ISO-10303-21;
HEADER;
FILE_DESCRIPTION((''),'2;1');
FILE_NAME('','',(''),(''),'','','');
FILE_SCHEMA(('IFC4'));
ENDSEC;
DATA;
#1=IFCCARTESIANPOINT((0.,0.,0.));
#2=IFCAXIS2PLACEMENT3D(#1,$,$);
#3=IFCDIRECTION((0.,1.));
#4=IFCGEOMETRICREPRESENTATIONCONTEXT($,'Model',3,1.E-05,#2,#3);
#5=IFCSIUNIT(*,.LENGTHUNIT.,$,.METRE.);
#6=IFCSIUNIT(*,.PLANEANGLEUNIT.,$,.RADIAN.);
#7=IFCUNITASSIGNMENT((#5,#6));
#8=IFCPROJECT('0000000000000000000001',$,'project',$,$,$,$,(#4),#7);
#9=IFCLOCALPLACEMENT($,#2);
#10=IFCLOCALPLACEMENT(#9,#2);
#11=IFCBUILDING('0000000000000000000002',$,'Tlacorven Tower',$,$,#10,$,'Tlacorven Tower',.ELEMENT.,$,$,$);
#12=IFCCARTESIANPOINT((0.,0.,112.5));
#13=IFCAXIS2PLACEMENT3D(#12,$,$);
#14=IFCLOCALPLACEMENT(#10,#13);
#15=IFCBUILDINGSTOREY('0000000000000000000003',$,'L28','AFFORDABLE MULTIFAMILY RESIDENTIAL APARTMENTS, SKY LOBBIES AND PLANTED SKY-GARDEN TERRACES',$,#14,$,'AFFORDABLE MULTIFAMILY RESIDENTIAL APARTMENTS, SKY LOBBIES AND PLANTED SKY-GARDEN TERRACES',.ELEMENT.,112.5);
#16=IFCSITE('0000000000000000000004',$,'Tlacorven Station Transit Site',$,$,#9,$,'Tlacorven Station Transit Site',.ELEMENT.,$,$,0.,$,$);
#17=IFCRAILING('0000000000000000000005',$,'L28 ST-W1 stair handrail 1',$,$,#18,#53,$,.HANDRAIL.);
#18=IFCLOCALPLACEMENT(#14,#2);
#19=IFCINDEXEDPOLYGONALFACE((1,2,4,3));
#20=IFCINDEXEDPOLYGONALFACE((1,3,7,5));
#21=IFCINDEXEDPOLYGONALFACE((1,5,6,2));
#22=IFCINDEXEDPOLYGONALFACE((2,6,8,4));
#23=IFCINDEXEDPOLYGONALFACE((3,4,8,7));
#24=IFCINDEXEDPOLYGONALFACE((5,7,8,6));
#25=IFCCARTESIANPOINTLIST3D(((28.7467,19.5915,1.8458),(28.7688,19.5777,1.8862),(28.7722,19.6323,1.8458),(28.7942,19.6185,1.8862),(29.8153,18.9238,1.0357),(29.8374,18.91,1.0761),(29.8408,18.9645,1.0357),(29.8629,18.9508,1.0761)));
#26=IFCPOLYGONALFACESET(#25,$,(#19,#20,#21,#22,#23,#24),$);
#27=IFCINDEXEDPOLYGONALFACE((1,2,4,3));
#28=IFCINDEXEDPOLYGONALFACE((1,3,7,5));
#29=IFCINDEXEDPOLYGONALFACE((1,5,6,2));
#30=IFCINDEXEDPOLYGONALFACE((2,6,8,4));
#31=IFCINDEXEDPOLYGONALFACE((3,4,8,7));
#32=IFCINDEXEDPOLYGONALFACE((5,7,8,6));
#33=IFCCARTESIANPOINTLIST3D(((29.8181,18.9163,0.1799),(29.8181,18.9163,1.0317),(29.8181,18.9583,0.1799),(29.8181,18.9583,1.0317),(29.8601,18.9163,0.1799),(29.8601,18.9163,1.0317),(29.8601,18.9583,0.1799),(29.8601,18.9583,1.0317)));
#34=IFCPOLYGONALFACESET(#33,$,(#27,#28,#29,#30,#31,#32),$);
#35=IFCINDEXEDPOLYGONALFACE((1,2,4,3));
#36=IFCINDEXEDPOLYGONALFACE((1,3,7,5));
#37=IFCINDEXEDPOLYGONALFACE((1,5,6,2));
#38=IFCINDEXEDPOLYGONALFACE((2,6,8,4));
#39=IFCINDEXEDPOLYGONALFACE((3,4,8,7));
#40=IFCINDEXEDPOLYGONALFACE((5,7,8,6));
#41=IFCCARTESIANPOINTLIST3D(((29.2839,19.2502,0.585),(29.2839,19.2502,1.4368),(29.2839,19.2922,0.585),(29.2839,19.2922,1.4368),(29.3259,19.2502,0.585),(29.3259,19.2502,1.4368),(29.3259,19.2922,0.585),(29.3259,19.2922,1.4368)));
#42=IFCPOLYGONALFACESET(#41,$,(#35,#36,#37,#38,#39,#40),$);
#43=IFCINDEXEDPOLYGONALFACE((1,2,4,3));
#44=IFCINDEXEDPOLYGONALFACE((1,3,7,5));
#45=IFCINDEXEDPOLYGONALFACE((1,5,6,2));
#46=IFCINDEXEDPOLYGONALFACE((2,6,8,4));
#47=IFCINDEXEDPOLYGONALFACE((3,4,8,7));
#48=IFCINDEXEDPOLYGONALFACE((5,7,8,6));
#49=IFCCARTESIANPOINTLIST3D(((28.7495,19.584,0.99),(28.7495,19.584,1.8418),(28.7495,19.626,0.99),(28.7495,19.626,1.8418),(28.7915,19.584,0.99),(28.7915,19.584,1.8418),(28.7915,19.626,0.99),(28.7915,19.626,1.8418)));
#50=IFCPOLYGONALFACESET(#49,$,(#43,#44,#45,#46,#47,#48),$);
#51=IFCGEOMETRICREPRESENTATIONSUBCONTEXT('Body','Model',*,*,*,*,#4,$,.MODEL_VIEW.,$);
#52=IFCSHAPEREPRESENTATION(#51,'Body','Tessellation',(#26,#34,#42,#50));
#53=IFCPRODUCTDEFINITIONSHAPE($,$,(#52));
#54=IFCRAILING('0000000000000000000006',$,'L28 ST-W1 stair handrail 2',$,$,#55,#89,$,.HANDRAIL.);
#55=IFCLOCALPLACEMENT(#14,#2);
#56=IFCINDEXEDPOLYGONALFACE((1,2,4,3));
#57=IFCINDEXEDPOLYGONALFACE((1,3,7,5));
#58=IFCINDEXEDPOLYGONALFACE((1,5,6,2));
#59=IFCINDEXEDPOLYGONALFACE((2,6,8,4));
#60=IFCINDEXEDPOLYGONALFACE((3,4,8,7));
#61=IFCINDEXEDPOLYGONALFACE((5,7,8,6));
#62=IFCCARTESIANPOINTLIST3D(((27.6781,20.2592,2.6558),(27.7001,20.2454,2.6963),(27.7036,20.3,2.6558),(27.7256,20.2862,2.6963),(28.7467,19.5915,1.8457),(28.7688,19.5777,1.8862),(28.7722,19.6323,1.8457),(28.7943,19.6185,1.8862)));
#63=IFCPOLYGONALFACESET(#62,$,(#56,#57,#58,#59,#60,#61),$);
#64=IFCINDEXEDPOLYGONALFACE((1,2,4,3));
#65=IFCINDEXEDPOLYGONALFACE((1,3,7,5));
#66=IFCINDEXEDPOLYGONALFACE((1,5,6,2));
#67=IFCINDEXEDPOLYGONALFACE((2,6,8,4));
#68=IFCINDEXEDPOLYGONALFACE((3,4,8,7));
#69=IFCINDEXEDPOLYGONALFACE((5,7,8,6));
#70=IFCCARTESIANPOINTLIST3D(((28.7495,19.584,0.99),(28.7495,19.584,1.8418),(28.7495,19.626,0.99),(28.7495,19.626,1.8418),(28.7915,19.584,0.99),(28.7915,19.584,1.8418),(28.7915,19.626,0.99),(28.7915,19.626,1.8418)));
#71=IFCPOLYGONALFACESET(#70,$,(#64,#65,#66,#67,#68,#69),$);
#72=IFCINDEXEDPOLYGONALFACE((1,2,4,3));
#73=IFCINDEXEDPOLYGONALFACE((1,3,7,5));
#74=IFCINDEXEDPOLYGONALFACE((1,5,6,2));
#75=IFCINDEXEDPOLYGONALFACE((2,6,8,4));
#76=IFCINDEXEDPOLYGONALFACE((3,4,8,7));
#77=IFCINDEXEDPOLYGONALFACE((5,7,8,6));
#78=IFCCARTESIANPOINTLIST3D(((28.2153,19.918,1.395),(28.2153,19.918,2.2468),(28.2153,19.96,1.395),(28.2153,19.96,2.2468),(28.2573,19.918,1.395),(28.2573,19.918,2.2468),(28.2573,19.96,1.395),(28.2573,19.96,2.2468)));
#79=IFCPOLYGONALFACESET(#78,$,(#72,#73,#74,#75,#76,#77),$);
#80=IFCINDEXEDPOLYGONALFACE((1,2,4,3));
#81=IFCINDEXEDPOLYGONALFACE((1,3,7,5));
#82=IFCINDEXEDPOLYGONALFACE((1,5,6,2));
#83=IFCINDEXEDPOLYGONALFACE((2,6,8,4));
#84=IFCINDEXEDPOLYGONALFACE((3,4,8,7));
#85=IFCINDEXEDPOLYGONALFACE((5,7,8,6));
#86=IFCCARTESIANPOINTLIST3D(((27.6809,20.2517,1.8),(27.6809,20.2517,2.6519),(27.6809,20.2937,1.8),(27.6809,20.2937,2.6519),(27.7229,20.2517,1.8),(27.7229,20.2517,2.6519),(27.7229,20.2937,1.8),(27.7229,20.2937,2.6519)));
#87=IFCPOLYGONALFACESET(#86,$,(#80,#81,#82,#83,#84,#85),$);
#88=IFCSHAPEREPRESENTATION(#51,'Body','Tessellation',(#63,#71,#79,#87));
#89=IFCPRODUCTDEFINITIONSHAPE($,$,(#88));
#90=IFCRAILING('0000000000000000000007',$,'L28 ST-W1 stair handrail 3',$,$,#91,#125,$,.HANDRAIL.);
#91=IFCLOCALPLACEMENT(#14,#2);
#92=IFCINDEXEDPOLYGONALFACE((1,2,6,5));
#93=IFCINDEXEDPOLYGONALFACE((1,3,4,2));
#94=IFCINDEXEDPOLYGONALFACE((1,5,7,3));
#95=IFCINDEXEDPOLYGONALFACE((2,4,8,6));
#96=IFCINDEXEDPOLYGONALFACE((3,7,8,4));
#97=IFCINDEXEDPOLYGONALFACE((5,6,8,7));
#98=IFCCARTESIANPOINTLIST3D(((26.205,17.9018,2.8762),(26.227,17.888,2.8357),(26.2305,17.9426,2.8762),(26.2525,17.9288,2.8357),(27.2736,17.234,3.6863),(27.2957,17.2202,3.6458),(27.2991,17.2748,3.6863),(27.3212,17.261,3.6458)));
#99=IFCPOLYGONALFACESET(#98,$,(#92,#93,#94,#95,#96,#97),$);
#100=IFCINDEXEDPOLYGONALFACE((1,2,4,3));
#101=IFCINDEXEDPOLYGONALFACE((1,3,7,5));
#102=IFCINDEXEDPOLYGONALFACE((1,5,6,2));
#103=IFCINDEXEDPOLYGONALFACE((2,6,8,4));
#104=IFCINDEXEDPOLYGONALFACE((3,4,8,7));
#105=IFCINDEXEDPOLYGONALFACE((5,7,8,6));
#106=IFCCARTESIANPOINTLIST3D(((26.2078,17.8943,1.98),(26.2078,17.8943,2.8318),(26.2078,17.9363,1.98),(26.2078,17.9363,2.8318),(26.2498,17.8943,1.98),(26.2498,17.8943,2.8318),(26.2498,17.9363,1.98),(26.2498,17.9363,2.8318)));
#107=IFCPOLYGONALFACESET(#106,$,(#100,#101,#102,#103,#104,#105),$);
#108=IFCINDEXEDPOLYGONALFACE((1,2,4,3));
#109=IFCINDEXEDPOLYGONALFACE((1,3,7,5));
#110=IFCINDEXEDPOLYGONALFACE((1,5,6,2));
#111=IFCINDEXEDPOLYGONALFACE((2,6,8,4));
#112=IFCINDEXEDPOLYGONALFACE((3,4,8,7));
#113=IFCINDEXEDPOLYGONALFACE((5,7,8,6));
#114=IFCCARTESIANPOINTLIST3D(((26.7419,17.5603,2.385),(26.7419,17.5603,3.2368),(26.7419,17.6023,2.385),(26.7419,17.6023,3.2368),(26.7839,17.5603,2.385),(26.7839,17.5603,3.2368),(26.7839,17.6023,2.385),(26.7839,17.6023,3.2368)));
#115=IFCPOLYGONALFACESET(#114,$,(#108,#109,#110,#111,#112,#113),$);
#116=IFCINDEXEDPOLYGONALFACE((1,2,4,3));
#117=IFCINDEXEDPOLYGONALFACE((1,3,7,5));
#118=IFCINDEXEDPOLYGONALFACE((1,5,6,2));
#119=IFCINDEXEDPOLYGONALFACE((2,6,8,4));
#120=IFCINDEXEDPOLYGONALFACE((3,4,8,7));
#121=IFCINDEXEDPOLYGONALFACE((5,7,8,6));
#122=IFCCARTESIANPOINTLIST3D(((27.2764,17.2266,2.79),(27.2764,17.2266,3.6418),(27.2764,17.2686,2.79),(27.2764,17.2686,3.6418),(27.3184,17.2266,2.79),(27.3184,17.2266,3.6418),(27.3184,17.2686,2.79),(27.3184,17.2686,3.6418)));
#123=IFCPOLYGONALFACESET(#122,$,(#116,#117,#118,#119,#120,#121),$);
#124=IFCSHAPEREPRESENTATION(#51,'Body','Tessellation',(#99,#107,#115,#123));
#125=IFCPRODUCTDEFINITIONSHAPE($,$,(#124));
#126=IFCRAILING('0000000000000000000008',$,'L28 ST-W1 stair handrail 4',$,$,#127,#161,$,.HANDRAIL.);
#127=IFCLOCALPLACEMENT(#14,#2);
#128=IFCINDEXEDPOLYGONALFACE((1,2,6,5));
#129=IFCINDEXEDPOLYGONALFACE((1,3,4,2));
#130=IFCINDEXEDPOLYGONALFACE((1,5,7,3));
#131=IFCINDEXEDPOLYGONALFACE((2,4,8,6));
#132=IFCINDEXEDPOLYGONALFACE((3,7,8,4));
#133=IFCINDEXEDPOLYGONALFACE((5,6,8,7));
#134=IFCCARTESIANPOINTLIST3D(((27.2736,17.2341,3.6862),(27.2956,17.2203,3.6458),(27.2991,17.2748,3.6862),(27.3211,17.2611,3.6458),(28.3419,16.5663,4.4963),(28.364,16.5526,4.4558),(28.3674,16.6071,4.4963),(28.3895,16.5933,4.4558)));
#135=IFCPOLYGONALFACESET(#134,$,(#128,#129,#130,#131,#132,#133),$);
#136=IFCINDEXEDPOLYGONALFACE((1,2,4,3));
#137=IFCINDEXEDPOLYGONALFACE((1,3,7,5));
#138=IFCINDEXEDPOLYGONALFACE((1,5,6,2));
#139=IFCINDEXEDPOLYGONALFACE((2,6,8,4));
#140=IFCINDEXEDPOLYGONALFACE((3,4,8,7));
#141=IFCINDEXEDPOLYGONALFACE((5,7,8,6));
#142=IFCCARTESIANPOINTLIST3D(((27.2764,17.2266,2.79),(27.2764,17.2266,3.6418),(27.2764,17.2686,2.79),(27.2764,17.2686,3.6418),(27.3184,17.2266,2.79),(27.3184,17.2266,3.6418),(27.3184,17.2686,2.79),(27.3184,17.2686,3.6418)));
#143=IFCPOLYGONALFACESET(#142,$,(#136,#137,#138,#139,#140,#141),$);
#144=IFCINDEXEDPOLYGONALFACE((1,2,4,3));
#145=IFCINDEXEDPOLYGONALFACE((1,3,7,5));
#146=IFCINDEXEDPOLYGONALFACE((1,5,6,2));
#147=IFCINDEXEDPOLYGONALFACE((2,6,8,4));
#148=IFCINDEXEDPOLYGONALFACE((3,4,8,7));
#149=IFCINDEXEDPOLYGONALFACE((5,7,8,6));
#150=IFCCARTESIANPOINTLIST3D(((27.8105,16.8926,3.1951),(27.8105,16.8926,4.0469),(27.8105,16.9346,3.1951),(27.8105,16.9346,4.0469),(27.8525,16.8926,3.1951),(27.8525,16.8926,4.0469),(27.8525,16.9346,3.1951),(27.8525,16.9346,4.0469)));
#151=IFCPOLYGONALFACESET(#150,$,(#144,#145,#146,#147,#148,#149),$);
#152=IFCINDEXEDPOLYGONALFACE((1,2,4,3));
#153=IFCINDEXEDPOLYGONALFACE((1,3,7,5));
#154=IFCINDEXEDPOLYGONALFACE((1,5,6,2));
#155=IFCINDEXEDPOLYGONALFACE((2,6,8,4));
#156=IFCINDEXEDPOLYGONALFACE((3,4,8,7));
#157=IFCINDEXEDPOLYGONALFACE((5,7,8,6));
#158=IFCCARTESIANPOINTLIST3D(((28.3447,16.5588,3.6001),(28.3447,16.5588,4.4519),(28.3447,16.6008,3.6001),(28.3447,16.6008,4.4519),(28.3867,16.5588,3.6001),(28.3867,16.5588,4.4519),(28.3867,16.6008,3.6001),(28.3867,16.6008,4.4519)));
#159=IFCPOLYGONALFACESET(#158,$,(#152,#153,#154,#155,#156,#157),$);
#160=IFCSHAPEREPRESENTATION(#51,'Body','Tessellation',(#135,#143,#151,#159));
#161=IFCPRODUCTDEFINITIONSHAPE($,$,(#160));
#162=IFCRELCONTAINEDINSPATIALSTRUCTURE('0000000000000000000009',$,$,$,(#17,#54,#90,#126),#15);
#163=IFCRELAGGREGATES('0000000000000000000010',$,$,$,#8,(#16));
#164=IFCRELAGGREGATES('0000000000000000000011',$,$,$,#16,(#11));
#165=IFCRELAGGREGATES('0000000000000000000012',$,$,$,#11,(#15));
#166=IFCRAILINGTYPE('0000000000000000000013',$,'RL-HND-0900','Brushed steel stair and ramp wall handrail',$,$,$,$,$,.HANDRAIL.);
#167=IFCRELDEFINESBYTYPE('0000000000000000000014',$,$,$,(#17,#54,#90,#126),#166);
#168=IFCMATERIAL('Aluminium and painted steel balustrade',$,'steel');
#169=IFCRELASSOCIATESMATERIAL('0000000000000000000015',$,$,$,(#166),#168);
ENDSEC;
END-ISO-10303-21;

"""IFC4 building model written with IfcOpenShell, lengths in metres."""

from ifc_helpers import new_model, si_unit, direction, frame, origin, origin_2d, place, context, subcontext, project, spatial, rectangle, extrude, source, transform, mapped, material, type_object, element, save


model = new_model("IFC4")

# Units and contexts
model_context = context("Model", 3, precision=1e-05, world=origin(), true_north=direction((0.0, 1.0)))
body_context = subcontext(model_context, "Body", "Model", "MODEL_VIEW")
ifc_project = project(units=[si_unit("LENGTHUNIT", "METRE"), si_unit("PLANEANGLEUNIT", "RADIAN")], contexts=[model_context])

# Site, building, storey
site_placement = place(None, origin())
site = spatial("IfcSite", under=ifc_project, at=site_placement, Name="Tlacorven Station Transit Site", LongName="Tlacorven Station Transit Site", CompositionType="ELEMENT", RefElevation=0.0)
building_placement = place(site_placement, origin())
building = spatial("IfcBuilding", under=site, at=building_placement, Name="Tlacorven Tower", LongName="Tlacorven Tower", CompositionType="ELEMENT")
storey_placement = place(building_placement, frame((0.0, 0.0, 112.5)))
storey = spatial("IfcBuildingStorey", under=building, at=storey_placement, Name="L28", Description="AFFORDABLE MULTIFAMILY RESIDENTIAL APARTMENTS, SKY LOBBIES AND PLANTED SKY-GARDEN TERRACES", LongName="AFFORDABLE MULTIFAMILY RESIDENTIAL APARTMENTS, SKY LOBBIES AND PLANTED SKY-GARDEN TERRACES", CompositionType="ELEMENT", Elevation=112.5)

# Railings
ifc_material_1 = material(Name="Aluminium and painted steel balustrade", Category="steel")
railing_type_1 = type_object("IfcRailingType", Name="RL-HND-0900", Description="Brushed steel stair and ramp wall handrail", PredefinedType="HANDRAIL", material=ifc_material_1)
shared_shape_1 = source(origin(), body_context, "Body", "SweptSolid", [
    extrude(rectangle(XDim=0.0481, YDim=0.0481, at=origin_2d()), frame((0.0, 0.0, 0.876), z_axis=(-0.71336, 0.445748, 0.540765), x_axis=(-0.529912, -0.848053, 0.0)), (0.0, 0.0, 1.0), 1.498),
    extrude(rectangle(XDim=0.042, YDim=0.042, at=origin_2d()), origin(), (0.0, 0.0, 1.0), 0.8518),
    extrude(rectangle(XDim=0.042, YDim=0.042, at=origin_2d()), frame((-0.5342, 0.334, 0.405)), (0.0, 0.0, 1.0), 0.8518),
    extrude(rectangle(XDim=0.042, YDim=0.042, at=origin_2d()), frame((-1.0686, 0.6677, 0.8101)), (0.0, 0.0, 1.0), 0.8518),
])
for number, where, name in (
    (1, (29.8391, 18.9373, 0.1799), "L28 ST-W1 stair handrail 1"),
    (2, (28.7705, 19.605, 0.99), "L28 ST-W1 stair handrail 2"),
):
    element("IfcRailing", number, at=place(storey_placement, frame(where)), inside=storey, type_object=railing_type_1, Name=name, PredefinedType="HANDRAIL", context=body_context, shape_type="MappedRepresentation", body=[
        mapped(shared_shape_1, transform((0.0, 0.0, 0.0), scale=1.0)),
    ])
shared_shape_2 = source(origin(), body_context, "Body", "SweptSolid", [
    extrude(rectangle(XDim=0.0481, YDim=0.0481, at=origin_2d()), frame((0.0, 0.0, 0.876), z_axis=(0.71336, -0.445748, 0.540765), x_axis=(0.529912, 0.848053, 0.0)), (0.0, 0.0, 1.0), 1.498),
    extrude(rectangle(XDim=0.042, YDim=0.042, at=origin_2d()), origin(), (0.0, 0.0, 1.0), 0.8518),
    extrude(rectangle(XDim=0.042, YDim=0.042, at=origin_2d()), frame((0.5342, -0.334, 0.405)), (0.0, 0.0, 1.0), 0.8518),
    extrude(rectangle(XDim=0.042, YDim=0.042, at=origin_2d()), frame((1.0686, -0.6677, 0.8101)), (0.0, 0.0, 1.0), 0.8518),
])
railing_1_placement = place(storey_placement, frame((26.2288, 17.9153, 1.98)))
element("IfcRailing", 3, at=railing_1_placement, inside=storey, type_object=railing_type_1, Name="L28 ST-W1 stair handrail 3", PredefinedType="HANDRAIL", context=body_context, shape_type="MappedRepresentation", body=[
    mapped(shared_shape_2, transform((0.0, 0.0, 0.0), scale=1.0)),
])
shared_shape_3 = source(origin(), body_context, "Body", "SweptSolid", [
    extrude(rectangle(XDim=0.0481, YDim=0.0481, at=origin_2d()), frame((0.0, 0.0, 0.876), z_axis=(0.71328, -0.4458, 0.540828), x_axis=(0.529999, 0.847998, 0.0)), (0.0, 0.0, 1.0), 1.4978),
    extrude(rectangle(XDim=0.042, YDim=0.042, at=origin_2d()), origin(), (0.0, 0.0, 1.0), 0.8518),
    extrude(rectangle(XDim=0.042, YDim=0.042, at=origin_2d()), frame((0.5342, -0.334, 0.405)), (0.0, 0.0, 1.0), 0.8518),
    extrude(rectangle(XDim=0.042, YDim=0.042, at=origin_2d()), frame((1.0684, -0.6677, 0.8101)), (0.0, 0.0, 1.0), 0.8518),
])
railing_2_placement = place(storey_placement, frame((27.2974, 17.2476, 2.79)))
element("IfcRailing", 4, at=railing_2_placement, inside=storey, type_object=railing_type_1, Name="L28 ST-W1 stair handrail 4", PredefinedType="HANDRAIL", context=body_context, shape_type="MappedRepresentation", body=[
    mapped(shared_shape_3, transform((0.0, 0.0, 0.0), scale=1.0)),
])

save(model, "model.ifc")
